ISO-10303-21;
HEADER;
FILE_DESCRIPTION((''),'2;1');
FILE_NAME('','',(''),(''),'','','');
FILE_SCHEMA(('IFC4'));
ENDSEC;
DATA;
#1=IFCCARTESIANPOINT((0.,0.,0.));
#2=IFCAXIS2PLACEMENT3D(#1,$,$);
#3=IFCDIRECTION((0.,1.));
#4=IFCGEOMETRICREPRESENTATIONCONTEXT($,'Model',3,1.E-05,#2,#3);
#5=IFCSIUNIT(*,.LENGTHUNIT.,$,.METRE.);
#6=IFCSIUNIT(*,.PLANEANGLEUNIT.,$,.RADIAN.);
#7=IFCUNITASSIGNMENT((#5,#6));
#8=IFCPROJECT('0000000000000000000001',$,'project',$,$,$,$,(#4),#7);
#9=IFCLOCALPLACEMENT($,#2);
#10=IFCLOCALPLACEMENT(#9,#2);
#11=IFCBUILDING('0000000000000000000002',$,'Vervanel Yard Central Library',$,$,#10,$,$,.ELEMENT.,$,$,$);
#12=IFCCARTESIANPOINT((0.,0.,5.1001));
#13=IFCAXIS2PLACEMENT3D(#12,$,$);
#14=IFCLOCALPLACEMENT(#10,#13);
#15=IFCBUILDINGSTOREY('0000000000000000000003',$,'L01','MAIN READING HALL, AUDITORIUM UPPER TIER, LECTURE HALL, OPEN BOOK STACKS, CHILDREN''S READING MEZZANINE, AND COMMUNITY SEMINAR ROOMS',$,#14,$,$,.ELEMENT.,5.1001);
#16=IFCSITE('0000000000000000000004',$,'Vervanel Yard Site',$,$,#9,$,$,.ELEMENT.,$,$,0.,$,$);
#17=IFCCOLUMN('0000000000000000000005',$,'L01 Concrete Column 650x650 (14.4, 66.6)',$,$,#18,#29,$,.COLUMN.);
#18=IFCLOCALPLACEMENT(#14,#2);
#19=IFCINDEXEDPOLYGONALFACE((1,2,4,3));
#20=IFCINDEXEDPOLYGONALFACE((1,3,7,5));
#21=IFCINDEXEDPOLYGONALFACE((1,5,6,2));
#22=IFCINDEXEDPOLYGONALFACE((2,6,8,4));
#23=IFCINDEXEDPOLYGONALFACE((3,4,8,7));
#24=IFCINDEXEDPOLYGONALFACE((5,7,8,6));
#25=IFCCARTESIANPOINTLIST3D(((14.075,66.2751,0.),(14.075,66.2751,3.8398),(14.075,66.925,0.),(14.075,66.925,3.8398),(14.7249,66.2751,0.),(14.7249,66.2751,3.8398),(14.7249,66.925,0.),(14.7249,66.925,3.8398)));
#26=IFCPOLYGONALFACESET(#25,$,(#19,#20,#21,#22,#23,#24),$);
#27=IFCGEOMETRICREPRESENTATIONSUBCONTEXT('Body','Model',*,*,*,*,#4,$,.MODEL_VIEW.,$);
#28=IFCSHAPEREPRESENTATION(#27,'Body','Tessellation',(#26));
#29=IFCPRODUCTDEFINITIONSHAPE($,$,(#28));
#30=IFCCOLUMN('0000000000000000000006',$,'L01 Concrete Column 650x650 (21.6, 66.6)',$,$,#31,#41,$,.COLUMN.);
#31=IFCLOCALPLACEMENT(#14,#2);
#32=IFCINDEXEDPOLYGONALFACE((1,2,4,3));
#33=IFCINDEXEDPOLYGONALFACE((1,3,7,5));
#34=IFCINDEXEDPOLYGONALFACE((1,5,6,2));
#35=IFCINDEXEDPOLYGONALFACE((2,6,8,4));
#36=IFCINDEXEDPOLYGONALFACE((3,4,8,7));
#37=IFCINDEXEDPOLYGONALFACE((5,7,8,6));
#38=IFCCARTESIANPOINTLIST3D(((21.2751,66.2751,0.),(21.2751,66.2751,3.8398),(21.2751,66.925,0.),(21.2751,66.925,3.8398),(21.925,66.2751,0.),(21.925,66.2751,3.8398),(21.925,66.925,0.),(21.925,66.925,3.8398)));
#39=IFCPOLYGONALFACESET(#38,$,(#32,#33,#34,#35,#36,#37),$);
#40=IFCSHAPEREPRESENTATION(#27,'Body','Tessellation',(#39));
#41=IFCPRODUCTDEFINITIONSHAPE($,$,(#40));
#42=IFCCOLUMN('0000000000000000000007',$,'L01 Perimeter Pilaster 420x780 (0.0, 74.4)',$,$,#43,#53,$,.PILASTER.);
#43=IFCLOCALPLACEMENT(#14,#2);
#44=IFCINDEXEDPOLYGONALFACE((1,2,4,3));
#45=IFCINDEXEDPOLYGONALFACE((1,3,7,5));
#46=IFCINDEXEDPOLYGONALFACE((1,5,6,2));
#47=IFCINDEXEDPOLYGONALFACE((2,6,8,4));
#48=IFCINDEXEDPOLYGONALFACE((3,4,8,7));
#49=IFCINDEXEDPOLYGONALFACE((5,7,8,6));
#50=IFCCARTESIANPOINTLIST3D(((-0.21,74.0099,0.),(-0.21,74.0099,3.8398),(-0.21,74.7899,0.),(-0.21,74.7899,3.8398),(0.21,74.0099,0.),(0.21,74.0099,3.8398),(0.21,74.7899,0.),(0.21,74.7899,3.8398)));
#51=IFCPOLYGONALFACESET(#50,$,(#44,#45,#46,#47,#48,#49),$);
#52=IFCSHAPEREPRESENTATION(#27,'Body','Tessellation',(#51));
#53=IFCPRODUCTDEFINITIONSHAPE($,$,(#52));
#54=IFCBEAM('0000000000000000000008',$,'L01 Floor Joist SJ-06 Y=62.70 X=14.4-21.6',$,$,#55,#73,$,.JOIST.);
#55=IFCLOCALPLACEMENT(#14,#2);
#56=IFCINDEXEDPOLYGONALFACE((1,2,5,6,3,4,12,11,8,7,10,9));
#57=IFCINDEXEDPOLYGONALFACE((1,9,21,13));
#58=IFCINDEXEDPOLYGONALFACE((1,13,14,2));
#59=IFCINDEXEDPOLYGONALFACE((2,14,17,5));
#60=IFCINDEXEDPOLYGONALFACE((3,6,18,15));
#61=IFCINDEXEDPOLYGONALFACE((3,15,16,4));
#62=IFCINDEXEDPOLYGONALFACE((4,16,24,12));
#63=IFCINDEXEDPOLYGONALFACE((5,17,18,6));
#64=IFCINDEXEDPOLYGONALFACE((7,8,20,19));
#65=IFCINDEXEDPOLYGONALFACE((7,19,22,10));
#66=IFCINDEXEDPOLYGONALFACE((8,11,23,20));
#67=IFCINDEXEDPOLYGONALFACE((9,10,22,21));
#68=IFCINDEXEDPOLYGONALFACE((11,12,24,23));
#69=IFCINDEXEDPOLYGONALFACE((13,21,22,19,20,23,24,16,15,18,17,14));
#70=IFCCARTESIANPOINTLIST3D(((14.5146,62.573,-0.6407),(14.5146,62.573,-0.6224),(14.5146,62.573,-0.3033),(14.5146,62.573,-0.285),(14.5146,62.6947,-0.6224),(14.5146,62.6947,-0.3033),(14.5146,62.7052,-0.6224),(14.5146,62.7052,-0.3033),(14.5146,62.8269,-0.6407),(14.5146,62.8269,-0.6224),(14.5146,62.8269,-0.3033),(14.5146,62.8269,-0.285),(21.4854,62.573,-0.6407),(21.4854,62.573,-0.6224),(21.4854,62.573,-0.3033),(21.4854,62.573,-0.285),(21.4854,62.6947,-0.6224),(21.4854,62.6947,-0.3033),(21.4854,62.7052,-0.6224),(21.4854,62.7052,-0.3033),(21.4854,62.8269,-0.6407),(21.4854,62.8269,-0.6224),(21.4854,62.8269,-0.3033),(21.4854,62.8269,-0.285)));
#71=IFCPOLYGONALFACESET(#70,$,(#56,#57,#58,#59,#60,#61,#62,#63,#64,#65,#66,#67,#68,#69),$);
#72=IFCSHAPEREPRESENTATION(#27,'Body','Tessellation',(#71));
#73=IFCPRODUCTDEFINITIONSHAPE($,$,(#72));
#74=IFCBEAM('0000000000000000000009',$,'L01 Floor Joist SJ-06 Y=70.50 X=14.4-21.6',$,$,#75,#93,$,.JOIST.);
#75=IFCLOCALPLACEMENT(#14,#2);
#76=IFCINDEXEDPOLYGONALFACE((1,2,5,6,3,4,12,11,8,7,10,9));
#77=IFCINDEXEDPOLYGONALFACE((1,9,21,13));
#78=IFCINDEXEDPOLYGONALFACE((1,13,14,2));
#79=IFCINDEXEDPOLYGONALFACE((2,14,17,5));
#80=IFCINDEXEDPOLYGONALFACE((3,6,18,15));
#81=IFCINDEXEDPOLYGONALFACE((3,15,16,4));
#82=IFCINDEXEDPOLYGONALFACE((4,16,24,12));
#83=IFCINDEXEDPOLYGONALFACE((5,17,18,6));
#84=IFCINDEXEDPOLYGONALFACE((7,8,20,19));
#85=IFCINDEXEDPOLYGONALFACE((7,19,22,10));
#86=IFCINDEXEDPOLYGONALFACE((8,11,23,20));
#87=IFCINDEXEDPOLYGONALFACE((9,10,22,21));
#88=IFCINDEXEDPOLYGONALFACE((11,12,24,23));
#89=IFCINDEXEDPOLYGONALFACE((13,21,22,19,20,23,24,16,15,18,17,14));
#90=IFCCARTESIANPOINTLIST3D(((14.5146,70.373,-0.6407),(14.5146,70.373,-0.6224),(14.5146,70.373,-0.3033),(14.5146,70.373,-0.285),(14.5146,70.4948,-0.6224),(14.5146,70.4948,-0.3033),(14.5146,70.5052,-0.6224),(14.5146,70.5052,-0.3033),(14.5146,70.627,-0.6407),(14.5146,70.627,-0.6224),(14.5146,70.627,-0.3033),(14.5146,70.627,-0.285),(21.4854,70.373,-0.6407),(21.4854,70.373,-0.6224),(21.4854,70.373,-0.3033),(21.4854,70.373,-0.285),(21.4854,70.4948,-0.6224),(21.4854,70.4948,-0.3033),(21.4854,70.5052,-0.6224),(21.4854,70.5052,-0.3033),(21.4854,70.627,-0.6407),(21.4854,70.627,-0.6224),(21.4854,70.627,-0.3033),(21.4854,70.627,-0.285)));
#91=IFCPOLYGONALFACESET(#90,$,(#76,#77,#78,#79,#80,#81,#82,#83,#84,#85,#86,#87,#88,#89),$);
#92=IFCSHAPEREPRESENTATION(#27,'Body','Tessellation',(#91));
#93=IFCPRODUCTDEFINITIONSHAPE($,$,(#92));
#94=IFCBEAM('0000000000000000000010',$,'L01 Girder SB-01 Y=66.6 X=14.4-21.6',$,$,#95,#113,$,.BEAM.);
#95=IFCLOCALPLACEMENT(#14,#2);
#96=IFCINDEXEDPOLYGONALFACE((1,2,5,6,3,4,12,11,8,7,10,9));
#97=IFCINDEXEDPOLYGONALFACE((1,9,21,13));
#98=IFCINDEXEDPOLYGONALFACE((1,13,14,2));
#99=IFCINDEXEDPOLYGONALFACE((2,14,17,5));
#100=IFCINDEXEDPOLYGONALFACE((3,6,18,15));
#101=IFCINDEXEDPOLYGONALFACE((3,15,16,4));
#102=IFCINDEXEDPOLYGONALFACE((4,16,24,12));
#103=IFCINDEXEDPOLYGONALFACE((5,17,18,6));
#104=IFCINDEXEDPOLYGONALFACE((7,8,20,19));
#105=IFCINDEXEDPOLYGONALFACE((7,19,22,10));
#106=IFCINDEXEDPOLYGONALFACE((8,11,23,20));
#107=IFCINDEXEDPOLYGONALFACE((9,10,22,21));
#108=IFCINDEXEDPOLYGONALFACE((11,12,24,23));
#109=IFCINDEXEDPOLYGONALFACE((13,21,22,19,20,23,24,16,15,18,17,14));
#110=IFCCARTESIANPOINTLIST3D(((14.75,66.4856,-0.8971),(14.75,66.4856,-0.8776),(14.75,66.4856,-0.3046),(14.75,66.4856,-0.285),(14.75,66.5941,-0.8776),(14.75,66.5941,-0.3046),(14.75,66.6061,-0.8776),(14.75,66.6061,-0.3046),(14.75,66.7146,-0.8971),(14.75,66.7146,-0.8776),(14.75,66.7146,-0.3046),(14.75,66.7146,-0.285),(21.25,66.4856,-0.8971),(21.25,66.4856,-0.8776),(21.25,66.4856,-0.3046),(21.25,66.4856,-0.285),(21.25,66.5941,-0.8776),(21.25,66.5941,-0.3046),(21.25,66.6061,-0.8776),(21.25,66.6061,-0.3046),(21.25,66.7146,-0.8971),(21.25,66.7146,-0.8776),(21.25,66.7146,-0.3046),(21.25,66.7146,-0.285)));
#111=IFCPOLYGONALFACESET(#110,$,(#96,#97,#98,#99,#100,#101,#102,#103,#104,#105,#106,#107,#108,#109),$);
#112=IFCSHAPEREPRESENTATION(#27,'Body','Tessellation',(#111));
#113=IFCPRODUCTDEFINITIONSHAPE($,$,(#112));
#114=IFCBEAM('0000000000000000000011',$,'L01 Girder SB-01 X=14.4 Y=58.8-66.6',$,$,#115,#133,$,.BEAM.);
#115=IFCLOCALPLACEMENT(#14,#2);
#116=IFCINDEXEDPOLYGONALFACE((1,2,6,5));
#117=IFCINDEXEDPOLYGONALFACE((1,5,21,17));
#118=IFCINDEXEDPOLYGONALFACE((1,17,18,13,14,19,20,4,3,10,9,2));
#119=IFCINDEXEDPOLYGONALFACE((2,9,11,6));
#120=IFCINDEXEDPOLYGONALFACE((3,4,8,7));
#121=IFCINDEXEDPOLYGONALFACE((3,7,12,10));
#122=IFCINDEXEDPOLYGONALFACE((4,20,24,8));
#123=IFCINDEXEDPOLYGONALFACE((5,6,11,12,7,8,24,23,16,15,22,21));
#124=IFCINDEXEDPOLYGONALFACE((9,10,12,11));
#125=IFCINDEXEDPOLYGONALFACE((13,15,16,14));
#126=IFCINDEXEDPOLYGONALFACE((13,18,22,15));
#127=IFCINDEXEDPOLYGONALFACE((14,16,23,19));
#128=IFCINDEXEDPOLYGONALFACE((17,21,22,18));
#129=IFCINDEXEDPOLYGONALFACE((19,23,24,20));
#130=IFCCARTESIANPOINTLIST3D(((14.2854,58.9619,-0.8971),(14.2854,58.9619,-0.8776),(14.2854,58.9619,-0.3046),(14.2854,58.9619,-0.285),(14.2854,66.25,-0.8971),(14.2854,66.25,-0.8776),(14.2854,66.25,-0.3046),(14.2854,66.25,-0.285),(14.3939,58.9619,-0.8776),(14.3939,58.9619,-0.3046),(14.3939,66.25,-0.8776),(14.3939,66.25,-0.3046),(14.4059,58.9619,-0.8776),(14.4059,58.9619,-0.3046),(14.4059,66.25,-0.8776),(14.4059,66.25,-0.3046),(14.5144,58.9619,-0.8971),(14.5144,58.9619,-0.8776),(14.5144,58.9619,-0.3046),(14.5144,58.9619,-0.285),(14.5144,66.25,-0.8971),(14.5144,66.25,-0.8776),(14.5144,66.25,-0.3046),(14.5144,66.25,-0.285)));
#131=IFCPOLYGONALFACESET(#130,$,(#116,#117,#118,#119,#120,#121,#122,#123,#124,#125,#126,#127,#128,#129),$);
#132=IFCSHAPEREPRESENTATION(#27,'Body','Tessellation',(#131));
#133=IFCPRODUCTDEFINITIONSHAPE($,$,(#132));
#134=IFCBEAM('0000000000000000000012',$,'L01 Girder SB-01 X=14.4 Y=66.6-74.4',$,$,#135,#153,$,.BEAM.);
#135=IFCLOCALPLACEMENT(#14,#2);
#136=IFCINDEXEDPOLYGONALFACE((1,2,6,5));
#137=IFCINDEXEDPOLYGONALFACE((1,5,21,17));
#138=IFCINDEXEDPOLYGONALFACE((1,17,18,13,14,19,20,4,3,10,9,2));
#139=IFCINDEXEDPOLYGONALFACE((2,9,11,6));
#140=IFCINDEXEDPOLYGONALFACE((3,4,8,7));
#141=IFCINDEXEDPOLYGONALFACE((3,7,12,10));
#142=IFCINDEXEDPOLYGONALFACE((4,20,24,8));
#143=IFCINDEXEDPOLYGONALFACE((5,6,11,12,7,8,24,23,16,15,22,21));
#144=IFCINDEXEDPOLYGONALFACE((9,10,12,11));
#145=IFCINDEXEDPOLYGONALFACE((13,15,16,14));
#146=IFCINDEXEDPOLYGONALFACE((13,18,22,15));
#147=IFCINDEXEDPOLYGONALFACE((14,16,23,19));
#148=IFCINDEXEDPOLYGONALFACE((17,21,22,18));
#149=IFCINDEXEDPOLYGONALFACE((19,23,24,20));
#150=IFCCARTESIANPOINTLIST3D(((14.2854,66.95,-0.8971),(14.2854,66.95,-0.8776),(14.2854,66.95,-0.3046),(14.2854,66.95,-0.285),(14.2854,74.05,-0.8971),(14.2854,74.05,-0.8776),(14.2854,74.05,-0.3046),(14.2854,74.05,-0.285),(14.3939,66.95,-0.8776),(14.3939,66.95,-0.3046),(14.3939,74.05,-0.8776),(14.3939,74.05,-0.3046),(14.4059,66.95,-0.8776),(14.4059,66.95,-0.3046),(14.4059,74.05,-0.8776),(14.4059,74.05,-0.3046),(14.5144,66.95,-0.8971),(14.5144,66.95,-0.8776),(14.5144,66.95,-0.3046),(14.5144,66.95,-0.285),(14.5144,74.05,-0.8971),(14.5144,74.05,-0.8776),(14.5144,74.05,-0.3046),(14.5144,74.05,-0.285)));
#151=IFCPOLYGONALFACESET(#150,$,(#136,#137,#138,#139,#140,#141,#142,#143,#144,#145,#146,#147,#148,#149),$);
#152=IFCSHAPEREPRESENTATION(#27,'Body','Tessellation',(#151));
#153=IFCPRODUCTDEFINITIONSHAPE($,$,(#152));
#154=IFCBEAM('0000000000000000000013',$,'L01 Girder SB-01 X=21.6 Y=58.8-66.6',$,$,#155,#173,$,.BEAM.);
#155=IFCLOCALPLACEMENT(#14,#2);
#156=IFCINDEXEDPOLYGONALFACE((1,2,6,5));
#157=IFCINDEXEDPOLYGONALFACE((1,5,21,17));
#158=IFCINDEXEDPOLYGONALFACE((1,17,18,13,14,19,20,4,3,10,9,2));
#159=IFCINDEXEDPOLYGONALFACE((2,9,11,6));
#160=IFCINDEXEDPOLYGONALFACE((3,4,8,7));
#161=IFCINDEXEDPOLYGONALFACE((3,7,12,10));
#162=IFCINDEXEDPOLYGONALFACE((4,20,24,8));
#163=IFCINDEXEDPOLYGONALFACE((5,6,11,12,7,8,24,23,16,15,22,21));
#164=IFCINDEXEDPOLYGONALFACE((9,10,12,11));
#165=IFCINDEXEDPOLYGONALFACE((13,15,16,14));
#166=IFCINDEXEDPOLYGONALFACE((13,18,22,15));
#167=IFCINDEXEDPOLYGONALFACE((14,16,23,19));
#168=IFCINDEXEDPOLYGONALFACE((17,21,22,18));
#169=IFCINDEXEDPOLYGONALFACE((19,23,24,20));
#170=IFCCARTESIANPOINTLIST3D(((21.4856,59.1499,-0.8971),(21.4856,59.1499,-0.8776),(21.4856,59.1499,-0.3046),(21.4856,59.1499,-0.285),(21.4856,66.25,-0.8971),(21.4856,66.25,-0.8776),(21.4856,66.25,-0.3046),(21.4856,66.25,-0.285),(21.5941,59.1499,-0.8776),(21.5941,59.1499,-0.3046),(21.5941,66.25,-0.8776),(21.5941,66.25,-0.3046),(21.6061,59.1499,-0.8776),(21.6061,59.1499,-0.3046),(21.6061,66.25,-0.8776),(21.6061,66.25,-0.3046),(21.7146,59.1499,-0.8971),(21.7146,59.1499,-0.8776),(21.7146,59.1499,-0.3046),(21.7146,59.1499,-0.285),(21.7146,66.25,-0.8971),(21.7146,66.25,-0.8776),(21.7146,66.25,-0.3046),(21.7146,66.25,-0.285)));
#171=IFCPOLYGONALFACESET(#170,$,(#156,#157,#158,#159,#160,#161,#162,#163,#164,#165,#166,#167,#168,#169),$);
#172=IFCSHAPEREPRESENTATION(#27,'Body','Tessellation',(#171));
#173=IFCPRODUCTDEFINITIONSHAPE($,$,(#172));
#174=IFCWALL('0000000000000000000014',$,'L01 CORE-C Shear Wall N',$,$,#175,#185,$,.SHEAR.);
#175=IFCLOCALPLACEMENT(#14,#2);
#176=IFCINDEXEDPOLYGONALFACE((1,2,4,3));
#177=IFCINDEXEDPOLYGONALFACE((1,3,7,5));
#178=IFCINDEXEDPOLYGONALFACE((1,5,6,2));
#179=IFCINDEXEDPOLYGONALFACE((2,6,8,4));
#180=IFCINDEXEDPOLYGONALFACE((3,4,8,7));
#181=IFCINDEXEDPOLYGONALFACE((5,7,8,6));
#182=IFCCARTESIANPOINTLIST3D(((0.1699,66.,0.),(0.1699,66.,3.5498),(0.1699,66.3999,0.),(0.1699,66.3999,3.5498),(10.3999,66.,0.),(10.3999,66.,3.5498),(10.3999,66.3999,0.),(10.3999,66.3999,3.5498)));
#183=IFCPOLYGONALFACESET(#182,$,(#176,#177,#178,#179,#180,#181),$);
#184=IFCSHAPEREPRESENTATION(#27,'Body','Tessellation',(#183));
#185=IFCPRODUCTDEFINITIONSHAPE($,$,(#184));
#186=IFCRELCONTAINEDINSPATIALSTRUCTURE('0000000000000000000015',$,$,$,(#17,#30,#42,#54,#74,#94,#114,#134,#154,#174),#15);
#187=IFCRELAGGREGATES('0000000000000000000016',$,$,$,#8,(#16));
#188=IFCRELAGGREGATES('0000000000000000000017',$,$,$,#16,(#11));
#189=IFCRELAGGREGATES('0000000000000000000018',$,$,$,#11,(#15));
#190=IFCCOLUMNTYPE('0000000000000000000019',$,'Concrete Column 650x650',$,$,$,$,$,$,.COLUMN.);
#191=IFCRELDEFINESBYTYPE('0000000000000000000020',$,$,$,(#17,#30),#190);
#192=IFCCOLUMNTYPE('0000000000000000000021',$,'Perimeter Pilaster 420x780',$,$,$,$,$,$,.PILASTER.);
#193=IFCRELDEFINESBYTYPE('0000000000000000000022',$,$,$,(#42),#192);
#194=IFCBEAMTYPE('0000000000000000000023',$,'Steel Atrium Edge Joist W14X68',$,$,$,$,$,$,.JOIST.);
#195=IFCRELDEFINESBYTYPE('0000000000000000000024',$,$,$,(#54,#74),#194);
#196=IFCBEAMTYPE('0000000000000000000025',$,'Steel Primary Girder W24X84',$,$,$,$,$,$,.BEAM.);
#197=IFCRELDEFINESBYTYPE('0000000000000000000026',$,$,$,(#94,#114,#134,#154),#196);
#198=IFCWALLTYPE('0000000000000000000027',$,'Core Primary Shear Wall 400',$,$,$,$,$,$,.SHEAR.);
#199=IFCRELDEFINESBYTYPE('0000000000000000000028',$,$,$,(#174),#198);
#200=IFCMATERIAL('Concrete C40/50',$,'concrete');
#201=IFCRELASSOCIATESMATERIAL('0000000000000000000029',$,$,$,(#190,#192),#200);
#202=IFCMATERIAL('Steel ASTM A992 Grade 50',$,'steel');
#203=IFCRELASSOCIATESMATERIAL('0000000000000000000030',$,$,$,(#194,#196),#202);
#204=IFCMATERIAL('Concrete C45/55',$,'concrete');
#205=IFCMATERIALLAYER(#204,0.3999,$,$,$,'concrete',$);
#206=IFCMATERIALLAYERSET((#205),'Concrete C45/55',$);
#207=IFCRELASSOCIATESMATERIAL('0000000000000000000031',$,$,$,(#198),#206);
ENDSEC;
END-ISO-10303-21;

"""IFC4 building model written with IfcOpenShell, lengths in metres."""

from ifc_helpers import new_model, si_unit, direction, frame, frame_2d, origin, origin_2d, place, context, subcontext, project, spatial, rectangle, i_section, extrude, material, layer, layer_set, material_profile, profile_set, type_object, element, save


model = new_model("IFC4")

# Units and contexts
model_context = context("Model", 3, precision=1e-05, world=origin(), true_north=direction((0.0, 1.0)))
body_context = subcontext(model_context, "Body", "Model", "MODEL_VIEW")
ifc_project = project(units=[si_unit("LENGTHUNIT", "METRE"), si_unit("PLANEANGLEUNIT", "RADIAN")], contexts=[model_context])

# Site, building, storey
site_placement = place(None, origin())
site = spatial("IfcSite", under=ifc_project, at=site_placement, Name="Vervanel Yard Site", CompositionType="ELEMENT", RefElevation=0.0)
building_placement = place(site_placement, origin())
building = spatial("IfcBuilding", under=site, at=building_placement, Name="Vervanel Yard Central Library", CompositionType="ELEMENT")
storey_placement = place(building_placement, frame((0.0, 0.0, 5.1001)))
storey = spatial("IfcBuildingStorey", under=building, at=storey_placement, Name="L01", Description="MAIN READING HALL, AUDITORIUM UPPER TIER, LECTURE HALL, OPEN BOOK STACKS, CHILDREN'S READING MEZZANINE, AND COMMUNITY SEMINAR ROOMS", CompositionType="ELEMENT", Elevation=5.1001)

# Columns
ifc_material_1 = material(Name="Concrete C40/50", Category="concrete")
ifc_material_profile_1 = material_profile(ifc_material_1, rectangle(XDim=0.6499, YDim=0.6499, at=origin_2d()), Name="RC 650x650", Category="concrete")
ifc_profile_set_1 = profile_set([ifc_material_profile_1], Name="Concrete C40/50")
column_type_1 = type_object("IfcColumnType", Name="Concrete Column 650x650", PredefinedType="COLUMN", material=ifc_profile_set_1)
for number, where, z_axis, x_axis, name in (
    (1, (14.3999, 66.6001, 0.0), (0.0, 0.0, 1.0), (1.0, 0.0, 0.0), "L01 Concrete Column 650x650 (14.4, 66.6)"),
    (2, (21.6001, 66.6001, 0.0), (0.0, 0.0, 1.0), (1.0, 0.0, 0.0), "L01 Concrete Column 650x650 (21.6, 66.6)"),
):
    element("IfcColumn", number, at=place(storey_placement, frame(where, z_axis=z_axis, x_axis=x_axis)), inside=storey, type_object=column_type_1, Name=name, PredefinedType="COLUMN", context=body_context, shape_type="SweptSolid", body=[
        extrude(rectangle(XDim=0.6499, YDim=0.6499, at=origin_2d()), origin(), (0.0, 0.0, 1.0), 3.8398),
    ])
ifc_material_profile_2 = material_profile(ifc_material_1, rectangle(XDim=0.4199, YDim=0.78, at=origin_2d()), Name="RC 420x780", Category="concrete")
ifc_profile_set_2 = profile_set([ifc_material_profile_2], Name="Concrete C40/50")
column_type_2 = type_object("IfcColumnType", Name="Perimeter Pilaster 420x780", PredefinedType="PILASTER", material=ifc_profile_set_2)
column_placement = place(storey_placement, frame((0.0, 74.3999, 0.0), z_axis=(0.0, 0.0, 1.0), x_axis=(1.0, 0.0, 0.0)))
element("IfcColumn", 3, at=column_placement, inside=storey, type_object=column_type_2, Name="L01 Perimeter Pilaster 420x780 (0.0, 74.4)", PredefinedType="PILASTER", context=body_context, shape_type="SweptSolid", body=[
    extrude(rectangle(XDim=0.4199, YDim=0.78, at=origin_2d()), origin(), (0.0, 0.0, 1.0), 3.8398),
])

# Beams
ifc_material_2 = material(Name="Steel ASTM A992 Grade 50", Category="steel")
ifc_material_profile_3 = material_profile(ifc_material_2, i_section(OverallWidth=0.2539, OverallDepth=0.3557, WebThickness=0.0105, FlangeThickness=0.0183, at=origin_2d()), Name="W14X68", Category="steel")
ifc_profile_set_3 = profile_set([ifc_material_profile_3], Name="Steel ASTM A992 Grade 50")
beam_type_1 = type_object("IfcBeamType", Name="Steel Atrium Edge Joist W14X68", PredefinedType="JOIST", material=ifc_profile_set_3)
for number, where, z_axis, x_axis, name in (
    (4, (14.5146, 62.7, -0.4629), (1.0, 0.0, 0.0), (0.0, 1.0, 0.0), "L01 Floor Joist SJ-06 Y=62.70 X=14.4-21.6"),
    (5, (14.5146, 70.5, -0.4629), (1.0, 0.0, 0.0), (0.0, 1.0, 0.0), "L01 Floor Joist SJ-06 Y=70.50 X=14.4-21.6"),
):
    element("IfcBeam", number, at=place(storey_placement, frame(where, z_axis=z_axis, x_axis=x_axis)), inside=storey, type_object=beam_type_1, Name=name, PredefinedType="JOIST", context=body_context, shape_type="SweptSolid", body=[
        extrude(i_section(OverallWidth=0.2539, OverallDepth=0.3557, WebThickness=0.0105, FlangeThickness=0.0183, at=origin_2d()), origin(), (0.0, 0.0, 1.0), 6.9707),
    ])
ifc_material_profile_4 = material_profile(ifc_material_2, i_section(OverallWidth=0.229, OverallDepth=0.6121, WebThickness=0.012, FlangeThickness=0.0195, at=origin_2d()), Name="W24X84", Category="steel")
ifc_profile_set_4 = profile_set([ifc_material_profile_4], Name="Steel ASTM A992 Grade 50")
beam_type_2 = type_object("IfcBeamType", Name="Steel Primary Girder W24X84", PredefinedType="BEAM", material=ifc_profile_set_4)
beam_1_placement = place(storey_placement, frame((14.75, 66.6001, -0.5911), z_axis=(1.0, 0.0, 0.0), x_axis=(0.0, 1.0, 0.0)))
element("IfcBeam", 6, at=beam_1_placement, inside=storey, type_object=beam_type_2, Name="L01 Girder SB-01 Y=66.6 X=14.4-21.6", PredefinedType="BEAM", context=body_context, shape_type="SweptSolid", body=[
    extrude(i_section(OverallWidth=0.229, OverallDepth=0.6121, WebThickness=0.012, FlangeThickness=0.0195, at=origin_2d()), origin(), (0.0, 0.0, 1.0), 6.5),
])
beam_2_placement = place(storey_placement, frame((14.3999, 58.9619, -0.5911), z_axis=(0.0, 1.0, 0.0), x_axis=(-1.0, 0.0, 0.0)))
element("IfcBeam", 7, at=beam_2_placement, inside=storey, type_object=beam_type_2, Name="L01 Girder SB-01 X=14.4 Y=58.8-66.6", PredefinedType="BEAM", context=body_context, shape_type="SweptSolid", body=[
    extrude(i_section(OverallWidth=0.229, OverallDepth=0.6121, WebThickness=0.012, FlangeThickness=0.0195, at=origin_2d()), origin(), (0.0, 0.0, 1.0), 7.2881),
])
for number, where, z_axis, x_axis, name in (
    (8, (14.3999, 66.95, -0.5911), (0.0, 1.0, 0.0), (-1.0, 0.0, 0.0), "L01 Girder SB-01 X=14.4 Y=66.6-74.4"),
    (9, (21.6001, 59.1499, -0.5911), (0.0, 1.0, 0.0), (-1.0, 0.0, 0.0), "L01 Girder SB-01 X=21.6 Y=58.8-66.6"),
):
    element("IfcBeam", number, at=place(storey_placement, frame(where, z_axis=z_axis, x_axis=x_axis)), inside=storey, type_object=beam_type_2, Name=name, PredefinedType="BEAM", context=body_context, shape_type="SweptSolid", body=[
        extrude(i_section(OverallWidth=0.229, OverallDepth=0.6121, WebThickness=0.012, FlangeThickness=0.0195, at=origin_2d()), origin(), (0.0, 0.0, 1.0), 7.1001),
    ])

# Wall
ifc_material_3 = material(Name="Concrete C45/55", Category="concrete")
ifc_layer_1 = layer(ifc_material_3, 0.3999, Category="concrete")
ifc_layer_set_1 = layer_set([ifc_layer_1], Name="Concrete C45/55")
wall_type_1 = type_object("IfcWallType", Name="Core Primary Shear Wall 400", PredefinedType="SHEAR", material=ifc_layer_set_1)
wall_1_placement = place(storey_placement, frame((0.1699, 66.2, 0.0), z_axis=(0.0, 0.0, 1.0), x_axis=(1.0, 0.0, 0.0)))
element("IfcWall", 10, at=wall_1_placement, inside=storey, type_object=wall_type_1, Name="L01 CORE-C Shear Wall N", PredefinedType="SHEAR", context=body_context, shape_type="SweptSolid", body=[
    extrude(rectangle(XDim=10.23, YDim=0.3999, at=frame_2d((5.115, 0.0))), origin(), (0.0, 0.0, 1.0), 3.5498),
])

save(model, "model.ifc")
